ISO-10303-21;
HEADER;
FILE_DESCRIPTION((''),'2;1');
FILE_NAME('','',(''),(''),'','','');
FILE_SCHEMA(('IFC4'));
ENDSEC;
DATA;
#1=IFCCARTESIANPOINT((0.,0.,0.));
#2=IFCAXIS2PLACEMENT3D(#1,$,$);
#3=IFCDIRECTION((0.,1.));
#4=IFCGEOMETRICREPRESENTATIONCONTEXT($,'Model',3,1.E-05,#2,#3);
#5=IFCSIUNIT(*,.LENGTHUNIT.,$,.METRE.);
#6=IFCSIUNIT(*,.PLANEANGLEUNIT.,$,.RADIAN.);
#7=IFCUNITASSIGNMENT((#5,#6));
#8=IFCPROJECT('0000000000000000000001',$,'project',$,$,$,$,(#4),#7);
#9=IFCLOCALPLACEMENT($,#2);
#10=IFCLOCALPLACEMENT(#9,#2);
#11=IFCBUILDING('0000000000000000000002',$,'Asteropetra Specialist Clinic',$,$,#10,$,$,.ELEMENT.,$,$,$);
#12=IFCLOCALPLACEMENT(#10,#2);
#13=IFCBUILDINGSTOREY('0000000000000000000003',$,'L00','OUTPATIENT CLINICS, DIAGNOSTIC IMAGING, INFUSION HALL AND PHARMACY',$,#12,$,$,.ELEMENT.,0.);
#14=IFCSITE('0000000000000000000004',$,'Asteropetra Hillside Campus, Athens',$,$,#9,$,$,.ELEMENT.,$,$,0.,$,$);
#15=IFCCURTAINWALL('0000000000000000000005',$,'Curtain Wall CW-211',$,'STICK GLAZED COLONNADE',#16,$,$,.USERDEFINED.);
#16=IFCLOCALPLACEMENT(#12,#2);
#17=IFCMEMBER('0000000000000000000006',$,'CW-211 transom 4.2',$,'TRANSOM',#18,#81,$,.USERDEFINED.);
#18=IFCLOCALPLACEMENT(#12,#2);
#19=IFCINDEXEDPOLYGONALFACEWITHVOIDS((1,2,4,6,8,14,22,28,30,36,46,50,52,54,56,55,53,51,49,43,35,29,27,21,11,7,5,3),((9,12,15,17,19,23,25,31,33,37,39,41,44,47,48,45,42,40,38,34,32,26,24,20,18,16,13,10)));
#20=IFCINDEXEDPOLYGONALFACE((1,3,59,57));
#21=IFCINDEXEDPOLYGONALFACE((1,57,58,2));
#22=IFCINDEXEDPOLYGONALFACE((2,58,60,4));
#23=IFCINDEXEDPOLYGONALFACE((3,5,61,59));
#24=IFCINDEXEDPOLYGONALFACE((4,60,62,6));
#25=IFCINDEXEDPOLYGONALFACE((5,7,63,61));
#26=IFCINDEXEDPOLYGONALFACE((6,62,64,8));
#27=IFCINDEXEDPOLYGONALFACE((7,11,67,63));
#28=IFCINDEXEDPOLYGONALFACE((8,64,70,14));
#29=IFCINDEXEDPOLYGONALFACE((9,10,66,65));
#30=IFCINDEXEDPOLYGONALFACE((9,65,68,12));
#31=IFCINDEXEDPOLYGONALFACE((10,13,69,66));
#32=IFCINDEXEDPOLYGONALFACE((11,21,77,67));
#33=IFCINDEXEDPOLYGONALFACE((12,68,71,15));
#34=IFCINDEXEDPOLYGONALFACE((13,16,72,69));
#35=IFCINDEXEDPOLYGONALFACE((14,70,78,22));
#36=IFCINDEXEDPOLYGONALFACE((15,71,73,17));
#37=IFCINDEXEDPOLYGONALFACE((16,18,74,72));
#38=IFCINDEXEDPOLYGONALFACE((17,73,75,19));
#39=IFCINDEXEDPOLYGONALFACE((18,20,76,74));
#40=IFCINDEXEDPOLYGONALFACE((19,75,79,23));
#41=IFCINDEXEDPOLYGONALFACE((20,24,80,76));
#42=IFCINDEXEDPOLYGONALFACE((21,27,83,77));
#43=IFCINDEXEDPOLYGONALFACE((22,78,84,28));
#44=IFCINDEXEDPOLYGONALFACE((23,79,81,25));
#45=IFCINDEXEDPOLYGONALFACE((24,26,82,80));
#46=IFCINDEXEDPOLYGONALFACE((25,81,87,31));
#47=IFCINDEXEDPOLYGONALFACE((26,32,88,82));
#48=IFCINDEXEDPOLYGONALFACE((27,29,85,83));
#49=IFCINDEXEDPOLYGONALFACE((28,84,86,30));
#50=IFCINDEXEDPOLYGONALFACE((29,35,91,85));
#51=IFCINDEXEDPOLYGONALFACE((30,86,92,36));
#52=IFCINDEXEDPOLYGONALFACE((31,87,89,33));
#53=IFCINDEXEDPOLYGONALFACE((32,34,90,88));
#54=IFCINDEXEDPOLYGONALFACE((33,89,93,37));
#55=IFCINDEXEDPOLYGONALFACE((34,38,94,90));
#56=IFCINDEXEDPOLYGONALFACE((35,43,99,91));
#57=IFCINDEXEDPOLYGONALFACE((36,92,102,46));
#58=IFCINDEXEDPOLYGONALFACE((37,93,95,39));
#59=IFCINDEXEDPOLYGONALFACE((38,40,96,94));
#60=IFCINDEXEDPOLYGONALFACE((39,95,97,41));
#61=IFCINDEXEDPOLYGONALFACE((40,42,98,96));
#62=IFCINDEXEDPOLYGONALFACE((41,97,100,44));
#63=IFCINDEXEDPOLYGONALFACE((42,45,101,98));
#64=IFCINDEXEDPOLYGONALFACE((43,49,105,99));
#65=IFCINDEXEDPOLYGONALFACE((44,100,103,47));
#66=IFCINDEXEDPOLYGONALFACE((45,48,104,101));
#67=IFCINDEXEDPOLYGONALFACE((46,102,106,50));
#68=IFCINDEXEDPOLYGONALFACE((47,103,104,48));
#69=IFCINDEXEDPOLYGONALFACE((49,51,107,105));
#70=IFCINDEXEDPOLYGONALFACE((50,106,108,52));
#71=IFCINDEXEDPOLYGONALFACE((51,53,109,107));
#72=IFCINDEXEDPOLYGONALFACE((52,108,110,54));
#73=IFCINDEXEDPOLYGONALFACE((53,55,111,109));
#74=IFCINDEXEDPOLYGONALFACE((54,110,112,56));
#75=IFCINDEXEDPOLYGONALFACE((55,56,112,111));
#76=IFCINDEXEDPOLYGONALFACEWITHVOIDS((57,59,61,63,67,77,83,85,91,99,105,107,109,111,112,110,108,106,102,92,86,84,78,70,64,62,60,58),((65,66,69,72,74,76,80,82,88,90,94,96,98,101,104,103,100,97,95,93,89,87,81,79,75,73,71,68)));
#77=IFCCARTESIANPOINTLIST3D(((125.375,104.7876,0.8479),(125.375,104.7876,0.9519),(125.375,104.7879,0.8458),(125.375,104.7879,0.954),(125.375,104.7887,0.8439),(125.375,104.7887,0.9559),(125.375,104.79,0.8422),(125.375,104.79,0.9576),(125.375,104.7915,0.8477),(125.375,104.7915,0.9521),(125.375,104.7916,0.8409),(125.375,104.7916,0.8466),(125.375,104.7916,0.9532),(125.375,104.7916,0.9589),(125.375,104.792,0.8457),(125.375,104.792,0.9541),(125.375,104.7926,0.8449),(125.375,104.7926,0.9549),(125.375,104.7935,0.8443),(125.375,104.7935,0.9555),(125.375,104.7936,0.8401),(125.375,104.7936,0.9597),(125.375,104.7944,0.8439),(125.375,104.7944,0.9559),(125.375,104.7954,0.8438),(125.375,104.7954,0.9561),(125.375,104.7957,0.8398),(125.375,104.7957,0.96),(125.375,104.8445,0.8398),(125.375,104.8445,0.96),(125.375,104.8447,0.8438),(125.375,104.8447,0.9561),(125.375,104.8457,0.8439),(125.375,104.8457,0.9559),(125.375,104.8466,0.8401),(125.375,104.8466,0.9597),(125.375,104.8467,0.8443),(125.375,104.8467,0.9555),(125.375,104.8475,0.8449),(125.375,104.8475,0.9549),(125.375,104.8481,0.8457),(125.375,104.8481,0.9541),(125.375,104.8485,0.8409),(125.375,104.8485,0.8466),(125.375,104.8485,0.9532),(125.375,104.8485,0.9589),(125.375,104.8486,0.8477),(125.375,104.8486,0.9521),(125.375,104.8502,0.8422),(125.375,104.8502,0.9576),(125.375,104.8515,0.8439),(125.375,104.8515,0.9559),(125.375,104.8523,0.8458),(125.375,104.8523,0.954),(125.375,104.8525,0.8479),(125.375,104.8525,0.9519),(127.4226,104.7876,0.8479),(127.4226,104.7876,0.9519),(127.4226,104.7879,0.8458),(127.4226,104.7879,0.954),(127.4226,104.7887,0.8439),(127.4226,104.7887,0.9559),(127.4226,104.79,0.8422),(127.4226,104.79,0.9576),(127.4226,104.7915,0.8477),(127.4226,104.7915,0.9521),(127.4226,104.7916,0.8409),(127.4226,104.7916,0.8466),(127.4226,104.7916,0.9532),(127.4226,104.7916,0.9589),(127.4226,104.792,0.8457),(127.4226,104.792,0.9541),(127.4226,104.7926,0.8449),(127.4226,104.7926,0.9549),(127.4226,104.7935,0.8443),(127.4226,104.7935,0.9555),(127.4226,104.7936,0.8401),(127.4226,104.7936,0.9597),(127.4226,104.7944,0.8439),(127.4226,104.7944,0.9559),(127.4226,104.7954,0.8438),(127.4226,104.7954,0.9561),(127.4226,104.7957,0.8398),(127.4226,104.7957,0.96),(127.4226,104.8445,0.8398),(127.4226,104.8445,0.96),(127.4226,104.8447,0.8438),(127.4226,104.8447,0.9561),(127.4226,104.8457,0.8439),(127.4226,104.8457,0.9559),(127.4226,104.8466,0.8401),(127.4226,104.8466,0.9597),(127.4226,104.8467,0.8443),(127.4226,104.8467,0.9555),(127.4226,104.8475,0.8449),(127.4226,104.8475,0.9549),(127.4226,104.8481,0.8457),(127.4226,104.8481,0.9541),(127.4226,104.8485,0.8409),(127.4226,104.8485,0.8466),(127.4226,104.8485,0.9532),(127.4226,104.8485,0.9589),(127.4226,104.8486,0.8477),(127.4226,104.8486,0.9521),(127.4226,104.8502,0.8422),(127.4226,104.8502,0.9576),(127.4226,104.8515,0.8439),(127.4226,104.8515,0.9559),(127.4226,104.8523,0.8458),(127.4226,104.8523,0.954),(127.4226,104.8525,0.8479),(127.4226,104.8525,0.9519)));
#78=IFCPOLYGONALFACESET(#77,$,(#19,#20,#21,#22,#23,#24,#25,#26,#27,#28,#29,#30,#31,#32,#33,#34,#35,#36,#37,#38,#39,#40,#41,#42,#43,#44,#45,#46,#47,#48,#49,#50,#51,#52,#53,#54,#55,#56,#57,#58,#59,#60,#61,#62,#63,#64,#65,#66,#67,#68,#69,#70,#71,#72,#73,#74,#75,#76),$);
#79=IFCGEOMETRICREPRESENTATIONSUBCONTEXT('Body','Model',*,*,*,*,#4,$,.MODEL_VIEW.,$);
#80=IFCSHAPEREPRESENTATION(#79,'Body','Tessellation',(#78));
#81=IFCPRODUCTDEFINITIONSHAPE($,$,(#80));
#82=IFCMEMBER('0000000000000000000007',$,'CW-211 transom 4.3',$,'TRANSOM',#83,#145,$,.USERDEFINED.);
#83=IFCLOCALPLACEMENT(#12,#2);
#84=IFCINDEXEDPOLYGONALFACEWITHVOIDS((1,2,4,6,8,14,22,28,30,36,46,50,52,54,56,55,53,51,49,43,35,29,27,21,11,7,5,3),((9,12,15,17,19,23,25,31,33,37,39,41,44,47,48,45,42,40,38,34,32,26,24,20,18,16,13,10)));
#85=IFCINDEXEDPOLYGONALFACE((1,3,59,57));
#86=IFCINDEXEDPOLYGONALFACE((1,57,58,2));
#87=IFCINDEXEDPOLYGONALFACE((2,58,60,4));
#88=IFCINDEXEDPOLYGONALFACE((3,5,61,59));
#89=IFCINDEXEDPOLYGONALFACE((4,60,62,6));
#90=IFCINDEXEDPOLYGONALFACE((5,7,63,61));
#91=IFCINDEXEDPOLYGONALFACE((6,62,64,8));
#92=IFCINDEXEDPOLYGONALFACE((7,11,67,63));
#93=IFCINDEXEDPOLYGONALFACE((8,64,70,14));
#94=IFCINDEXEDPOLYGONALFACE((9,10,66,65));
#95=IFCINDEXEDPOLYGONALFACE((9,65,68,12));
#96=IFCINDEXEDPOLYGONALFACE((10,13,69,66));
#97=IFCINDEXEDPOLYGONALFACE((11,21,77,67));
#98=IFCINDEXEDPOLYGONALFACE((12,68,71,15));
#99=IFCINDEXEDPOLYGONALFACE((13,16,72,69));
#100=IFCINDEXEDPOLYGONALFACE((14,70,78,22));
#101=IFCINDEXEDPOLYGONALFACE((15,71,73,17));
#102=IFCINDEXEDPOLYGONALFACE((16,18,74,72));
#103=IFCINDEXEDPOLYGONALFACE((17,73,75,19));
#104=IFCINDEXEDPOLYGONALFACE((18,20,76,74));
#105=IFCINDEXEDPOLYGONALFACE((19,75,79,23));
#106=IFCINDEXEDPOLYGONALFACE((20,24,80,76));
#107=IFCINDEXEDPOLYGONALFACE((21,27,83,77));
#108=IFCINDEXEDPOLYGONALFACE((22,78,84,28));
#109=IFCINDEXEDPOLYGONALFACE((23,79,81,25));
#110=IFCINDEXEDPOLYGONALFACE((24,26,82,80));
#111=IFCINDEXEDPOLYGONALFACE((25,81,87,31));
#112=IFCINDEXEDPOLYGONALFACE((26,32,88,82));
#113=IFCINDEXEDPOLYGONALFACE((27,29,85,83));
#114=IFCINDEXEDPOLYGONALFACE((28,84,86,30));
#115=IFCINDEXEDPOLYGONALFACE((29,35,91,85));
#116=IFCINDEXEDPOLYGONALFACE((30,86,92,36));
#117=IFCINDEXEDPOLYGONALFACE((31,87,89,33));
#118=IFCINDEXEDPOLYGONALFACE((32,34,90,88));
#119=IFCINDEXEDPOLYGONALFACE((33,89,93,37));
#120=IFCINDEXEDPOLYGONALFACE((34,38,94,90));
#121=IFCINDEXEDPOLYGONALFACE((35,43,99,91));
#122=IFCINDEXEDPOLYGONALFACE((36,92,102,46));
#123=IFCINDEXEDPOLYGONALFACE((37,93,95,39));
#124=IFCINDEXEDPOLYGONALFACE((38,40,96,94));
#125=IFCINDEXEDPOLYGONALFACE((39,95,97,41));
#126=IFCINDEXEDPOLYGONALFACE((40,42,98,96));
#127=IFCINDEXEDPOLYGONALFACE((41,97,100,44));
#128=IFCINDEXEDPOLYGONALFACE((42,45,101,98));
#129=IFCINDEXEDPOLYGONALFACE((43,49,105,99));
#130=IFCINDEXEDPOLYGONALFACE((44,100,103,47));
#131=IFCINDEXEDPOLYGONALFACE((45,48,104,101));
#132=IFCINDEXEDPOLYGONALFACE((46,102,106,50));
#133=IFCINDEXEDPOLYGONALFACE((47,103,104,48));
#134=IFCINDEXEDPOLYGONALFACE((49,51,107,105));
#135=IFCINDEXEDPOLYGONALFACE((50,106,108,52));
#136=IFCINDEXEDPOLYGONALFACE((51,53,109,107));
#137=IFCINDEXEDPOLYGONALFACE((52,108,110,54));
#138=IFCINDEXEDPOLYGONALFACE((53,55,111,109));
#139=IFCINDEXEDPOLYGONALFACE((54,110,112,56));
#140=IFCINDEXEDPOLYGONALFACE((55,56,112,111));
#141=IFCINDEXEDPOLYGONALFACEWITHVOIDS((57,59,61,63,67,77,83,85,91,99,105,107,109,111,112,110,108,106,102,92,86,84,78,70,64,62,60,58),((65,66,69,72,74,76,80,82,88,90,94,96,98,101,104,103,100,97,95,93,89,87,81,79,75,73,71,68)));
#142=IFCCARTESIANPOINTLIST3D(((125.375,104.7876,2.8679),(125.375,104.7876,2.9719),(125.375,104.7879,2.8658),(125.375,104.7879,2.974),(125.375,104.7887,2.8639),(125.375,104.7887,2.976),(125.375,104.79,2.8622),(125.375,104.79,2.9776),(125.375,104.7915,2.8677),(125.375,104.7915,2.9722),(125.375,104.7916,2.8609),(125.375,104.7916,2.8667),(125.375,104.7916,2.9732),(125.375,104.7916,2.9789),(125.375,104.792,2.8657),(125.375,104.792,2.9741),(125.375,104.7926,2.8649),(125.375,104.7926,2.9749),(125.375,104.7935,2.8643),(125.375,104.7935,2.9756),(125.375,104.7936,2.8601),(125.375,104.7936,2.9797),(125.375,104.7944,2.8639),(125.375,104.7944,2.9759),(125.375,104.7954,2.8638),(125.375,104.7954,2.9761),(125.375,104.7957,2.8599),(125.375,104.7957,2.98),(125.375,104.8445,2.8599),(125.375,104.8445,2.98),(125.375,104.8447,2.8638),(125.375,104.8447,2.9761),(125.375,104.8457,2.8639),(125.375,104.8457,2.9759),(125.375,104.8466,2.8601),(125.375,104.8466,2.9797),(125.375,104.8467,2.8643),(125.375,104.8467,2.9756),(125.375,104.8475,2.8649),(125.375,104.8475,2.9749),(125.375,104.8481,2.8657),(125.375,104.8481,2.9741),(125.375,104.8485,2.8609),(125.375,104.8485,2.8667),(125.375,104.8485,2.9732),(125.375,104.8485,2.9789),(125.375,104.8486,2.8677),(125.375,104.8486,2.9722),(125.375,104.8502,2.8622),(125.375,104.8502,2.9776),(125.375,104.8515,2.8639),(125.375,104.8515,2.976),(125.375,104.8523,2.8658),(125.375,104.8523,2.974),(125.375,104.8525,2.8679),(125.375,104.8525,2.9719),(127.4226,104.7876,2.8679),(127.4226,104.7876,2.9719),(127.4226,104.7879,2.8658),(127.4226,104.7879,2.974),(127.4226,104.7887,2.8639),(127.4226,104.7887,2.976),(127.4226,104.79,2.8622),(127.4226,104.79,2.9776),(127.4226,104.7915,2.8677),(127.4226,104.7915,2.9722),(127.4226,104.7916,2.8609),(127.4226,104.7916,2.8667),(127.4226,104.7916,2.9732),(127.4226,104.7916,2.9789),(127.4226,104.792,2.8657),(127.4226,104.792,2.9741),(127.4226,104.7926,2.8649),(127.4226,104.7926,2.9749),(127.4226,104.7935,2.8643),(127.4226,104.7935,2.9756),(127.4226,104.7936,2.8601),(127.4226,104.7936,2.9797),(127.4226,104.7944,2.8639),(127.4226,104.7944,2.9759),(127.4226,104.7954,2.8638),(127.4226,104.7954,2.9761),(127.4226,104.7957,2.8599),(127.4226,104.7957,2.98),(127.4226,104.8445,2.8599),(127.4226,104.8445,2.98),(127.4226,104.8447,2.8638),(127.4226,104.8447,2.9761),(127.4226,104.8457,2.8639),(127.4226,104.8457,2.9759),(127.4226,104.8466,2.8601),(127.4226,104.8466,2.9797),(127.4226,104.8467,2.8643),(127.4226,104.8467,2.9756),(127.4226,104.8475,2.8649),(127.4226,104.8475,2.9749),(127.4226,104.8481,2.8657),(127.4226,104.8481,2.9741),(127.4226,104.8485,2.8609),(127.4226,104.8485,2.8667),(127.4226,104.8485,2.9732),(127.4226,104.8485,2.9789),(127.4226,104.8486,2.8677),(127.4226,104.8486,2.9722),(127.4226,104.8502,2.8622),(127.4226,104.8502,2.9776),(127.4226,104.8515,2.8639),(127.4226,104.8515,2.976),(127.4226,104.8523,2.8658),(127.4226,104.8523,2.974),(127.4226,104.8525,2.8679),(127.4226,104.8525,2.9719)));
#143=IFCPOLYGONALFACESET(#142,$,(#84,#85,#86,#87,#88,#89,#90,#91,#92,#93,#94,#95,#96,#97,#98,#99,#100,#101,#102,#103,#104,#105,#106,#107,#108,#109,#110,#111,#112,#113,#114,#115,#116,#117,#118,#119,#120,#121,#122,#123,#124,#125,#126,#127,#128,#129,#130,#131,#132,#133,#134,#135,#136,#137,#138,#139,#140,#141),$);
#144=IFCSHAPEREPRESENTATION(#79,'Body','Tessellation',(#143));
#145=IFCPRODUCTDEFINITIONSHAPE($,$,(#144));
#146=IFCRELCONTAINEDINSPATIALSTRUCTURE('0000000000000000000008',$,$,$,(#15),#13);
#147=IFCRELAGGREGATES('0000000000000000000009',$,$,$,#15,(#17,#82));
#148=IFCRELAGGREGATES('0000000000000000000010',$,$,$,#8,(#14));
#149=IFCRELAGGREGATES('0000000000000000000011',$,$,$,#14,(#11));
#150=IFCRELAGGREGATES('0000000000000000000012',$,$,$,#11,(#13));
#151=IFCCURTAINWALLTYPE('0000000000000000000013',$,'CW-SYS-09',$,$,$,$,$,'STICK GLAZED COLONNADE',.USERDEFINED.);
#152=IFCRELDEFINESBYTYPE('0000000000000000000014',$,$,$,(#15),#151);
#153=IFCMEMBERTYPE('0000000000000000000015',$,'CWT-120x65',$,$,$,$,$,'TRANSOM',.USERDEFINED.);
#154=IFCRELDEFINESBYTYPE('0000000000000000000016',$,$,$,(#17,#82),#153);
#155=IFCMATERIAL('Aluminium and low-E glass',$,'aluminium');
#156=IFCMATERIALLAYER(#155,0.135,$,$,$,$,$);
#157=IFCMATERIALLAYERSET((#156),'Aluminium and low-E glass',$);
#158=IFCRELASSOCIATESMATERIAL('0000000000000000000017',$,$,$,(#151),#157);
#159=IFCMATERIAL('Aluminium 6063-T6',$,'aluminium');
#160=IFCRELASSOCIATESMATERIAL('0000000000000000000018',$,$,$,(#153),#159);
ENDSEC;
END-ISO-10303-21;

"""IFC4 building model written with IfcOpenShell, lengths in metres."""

from ifc_helpers import new_model, si_unit, direction, frame, origin, origin_2d, place, context, subcontext, project, spatial, hollow_rectangle, extrude, material, layer, layer_set, material_profile, profile_set, type_object, element, aggregate, save


model = new_model("IFC4")

# Units and contexts
model_context = context("Model", 3, precision=1e-05, world=origin(), true_north=direction((0.0, 1.0)))
body_context = subcontext(model_context, "Body", "Model", "MODEL_VIEW")
ifc_project = project(units=[si_unit("LENGTHUNIT", "METRE"), si_unit("PLANEANGLEUNIT", "RADIAN")], contexts=[model_context])

# Site, building, storey
site_placement = place(None, origin())
site = spatial("IfcSite", under=ifc_project, at=site_placement, Name="Asteropetra Hillside Campus, Athens", CompositionType="ELEMENT", RefElevation=0.0)
building_placement = place(site_placement, origin())
building = spatial("IfcBuilding", under=site, at=building_placement, Name="Asteropetra Specialist Clinic", CompositionType="ELEMENT")
storey_placement = place(building_placement, origin())
storey = spatial("IfcBuildingStorey", under=building, at=storey_placement, Name="L00", Description="OUTPATIENT CLINICS, DIAGNOSTIC IMAGING, INFUSION HALL AND PHARMACY", CompositionType="ELEMENT", Elevation=0.0)

# Curtain wall, members
ifc_material_1 = material(Name="Aluminium and low-E glass", Category="aluminium")
ifc_layer_1 = layer(ifc_material_1, 0.135)
ifc_layer_set_1 = layer_set([ifc_layer_1], Name="Aluminium and low-E glass")
curtain_wall_type = type_object("IfcCurtainWallType", Name="CW-SYS-09", ElementType="STICK GLAZED COLONNADE", PredefinedType="USERDEFINED", material=ifc_layer_set_1)
curtain_wall_placement = place(storey_placement, origin())
curtain_wall = element("IfcCurtainWall", 1, at=curtain_wall_placement, inside=storey, type_object=curtain_wall_type, Name="Curtain Wall CW-211", ObjectType="STICK GLAZED COLONNADE", PredefinedType="USERDEFINED")
ifc_material_2 = material(Name="Aluminium 6063-T6", Category="aluminium")
ifc_material_profile_1 = material_profile(ifc_material_2, hollow_rectangle(XDim=0.0649, YDim=0.1201, WallThickness=0.0039, InnerFilletRadius=0.0039, OuterFilletRadius=0.0081, at=origin_2d()), Name="TRN 120x65x4.0")
ifc_profile_set_1 = profile_set([ifc_material_profile_1], Name="Aluminium 6063-T6")
member_type_1 = type_object("IfcMemberType", Name="CWT-120x65", ElementType="TRANSOM", PredefinedType="USERDEFINED", material=ifc_profile_set_1)
member_1_placement = place(storey_placement, frame((127.4226, 104.8201, 0.8999), z_axis=(-1.0, 0.0, 0.0), x_axis=(0.0, -1.0, 0.0)))
member_1 = element("IfcMember", 2, at=member_1_placement, type_object=member_type_1, Name="CW-211 transom 4.2", ObjectType="TRANSOM", PredefinedType="USERDEFINED", context=body_context, shape_type="SweptSolid", body=[
    extrude(hollow_rectangle(XDim=0.0649, YDim=0.1201, WallThickness=0.0039, InnerFilletRadius=0.0039, OuterFilletRadius=0.0081, at=origin_2d()), origin(), (0.0, 0.0, 1.0), 2.0476),
])
member_2_placement = place(storey_placement, frame((127.4226, 104.8201, 2.9199), z_axis=(-1.0, 0.0, 0.0), x_axis=(0.0, -1.0, 0.0)))
member_2 = element("IfcMember", 3, at=member_2_placement, type_object=member_type_1, Name="CW-211 transom 4.3", ObjectType="TRANSOM", PredefinedType="USERDEFINED", context=body_context, shape_type="SweptSolid", body=[
    extrude(hollow_rectangle(XDim=0.0649, YDim=0.1201, WallThickness=0.0039, InnerFilletRadius=0.0039, OuterFilletRadius=0.0081, at=origin_2d()), origin(), (0.0, 0.0, 1.0), 2.0476),
])
aggregate(curtain_wall, [member_1, member_2])

save(model, "model.ifc")
